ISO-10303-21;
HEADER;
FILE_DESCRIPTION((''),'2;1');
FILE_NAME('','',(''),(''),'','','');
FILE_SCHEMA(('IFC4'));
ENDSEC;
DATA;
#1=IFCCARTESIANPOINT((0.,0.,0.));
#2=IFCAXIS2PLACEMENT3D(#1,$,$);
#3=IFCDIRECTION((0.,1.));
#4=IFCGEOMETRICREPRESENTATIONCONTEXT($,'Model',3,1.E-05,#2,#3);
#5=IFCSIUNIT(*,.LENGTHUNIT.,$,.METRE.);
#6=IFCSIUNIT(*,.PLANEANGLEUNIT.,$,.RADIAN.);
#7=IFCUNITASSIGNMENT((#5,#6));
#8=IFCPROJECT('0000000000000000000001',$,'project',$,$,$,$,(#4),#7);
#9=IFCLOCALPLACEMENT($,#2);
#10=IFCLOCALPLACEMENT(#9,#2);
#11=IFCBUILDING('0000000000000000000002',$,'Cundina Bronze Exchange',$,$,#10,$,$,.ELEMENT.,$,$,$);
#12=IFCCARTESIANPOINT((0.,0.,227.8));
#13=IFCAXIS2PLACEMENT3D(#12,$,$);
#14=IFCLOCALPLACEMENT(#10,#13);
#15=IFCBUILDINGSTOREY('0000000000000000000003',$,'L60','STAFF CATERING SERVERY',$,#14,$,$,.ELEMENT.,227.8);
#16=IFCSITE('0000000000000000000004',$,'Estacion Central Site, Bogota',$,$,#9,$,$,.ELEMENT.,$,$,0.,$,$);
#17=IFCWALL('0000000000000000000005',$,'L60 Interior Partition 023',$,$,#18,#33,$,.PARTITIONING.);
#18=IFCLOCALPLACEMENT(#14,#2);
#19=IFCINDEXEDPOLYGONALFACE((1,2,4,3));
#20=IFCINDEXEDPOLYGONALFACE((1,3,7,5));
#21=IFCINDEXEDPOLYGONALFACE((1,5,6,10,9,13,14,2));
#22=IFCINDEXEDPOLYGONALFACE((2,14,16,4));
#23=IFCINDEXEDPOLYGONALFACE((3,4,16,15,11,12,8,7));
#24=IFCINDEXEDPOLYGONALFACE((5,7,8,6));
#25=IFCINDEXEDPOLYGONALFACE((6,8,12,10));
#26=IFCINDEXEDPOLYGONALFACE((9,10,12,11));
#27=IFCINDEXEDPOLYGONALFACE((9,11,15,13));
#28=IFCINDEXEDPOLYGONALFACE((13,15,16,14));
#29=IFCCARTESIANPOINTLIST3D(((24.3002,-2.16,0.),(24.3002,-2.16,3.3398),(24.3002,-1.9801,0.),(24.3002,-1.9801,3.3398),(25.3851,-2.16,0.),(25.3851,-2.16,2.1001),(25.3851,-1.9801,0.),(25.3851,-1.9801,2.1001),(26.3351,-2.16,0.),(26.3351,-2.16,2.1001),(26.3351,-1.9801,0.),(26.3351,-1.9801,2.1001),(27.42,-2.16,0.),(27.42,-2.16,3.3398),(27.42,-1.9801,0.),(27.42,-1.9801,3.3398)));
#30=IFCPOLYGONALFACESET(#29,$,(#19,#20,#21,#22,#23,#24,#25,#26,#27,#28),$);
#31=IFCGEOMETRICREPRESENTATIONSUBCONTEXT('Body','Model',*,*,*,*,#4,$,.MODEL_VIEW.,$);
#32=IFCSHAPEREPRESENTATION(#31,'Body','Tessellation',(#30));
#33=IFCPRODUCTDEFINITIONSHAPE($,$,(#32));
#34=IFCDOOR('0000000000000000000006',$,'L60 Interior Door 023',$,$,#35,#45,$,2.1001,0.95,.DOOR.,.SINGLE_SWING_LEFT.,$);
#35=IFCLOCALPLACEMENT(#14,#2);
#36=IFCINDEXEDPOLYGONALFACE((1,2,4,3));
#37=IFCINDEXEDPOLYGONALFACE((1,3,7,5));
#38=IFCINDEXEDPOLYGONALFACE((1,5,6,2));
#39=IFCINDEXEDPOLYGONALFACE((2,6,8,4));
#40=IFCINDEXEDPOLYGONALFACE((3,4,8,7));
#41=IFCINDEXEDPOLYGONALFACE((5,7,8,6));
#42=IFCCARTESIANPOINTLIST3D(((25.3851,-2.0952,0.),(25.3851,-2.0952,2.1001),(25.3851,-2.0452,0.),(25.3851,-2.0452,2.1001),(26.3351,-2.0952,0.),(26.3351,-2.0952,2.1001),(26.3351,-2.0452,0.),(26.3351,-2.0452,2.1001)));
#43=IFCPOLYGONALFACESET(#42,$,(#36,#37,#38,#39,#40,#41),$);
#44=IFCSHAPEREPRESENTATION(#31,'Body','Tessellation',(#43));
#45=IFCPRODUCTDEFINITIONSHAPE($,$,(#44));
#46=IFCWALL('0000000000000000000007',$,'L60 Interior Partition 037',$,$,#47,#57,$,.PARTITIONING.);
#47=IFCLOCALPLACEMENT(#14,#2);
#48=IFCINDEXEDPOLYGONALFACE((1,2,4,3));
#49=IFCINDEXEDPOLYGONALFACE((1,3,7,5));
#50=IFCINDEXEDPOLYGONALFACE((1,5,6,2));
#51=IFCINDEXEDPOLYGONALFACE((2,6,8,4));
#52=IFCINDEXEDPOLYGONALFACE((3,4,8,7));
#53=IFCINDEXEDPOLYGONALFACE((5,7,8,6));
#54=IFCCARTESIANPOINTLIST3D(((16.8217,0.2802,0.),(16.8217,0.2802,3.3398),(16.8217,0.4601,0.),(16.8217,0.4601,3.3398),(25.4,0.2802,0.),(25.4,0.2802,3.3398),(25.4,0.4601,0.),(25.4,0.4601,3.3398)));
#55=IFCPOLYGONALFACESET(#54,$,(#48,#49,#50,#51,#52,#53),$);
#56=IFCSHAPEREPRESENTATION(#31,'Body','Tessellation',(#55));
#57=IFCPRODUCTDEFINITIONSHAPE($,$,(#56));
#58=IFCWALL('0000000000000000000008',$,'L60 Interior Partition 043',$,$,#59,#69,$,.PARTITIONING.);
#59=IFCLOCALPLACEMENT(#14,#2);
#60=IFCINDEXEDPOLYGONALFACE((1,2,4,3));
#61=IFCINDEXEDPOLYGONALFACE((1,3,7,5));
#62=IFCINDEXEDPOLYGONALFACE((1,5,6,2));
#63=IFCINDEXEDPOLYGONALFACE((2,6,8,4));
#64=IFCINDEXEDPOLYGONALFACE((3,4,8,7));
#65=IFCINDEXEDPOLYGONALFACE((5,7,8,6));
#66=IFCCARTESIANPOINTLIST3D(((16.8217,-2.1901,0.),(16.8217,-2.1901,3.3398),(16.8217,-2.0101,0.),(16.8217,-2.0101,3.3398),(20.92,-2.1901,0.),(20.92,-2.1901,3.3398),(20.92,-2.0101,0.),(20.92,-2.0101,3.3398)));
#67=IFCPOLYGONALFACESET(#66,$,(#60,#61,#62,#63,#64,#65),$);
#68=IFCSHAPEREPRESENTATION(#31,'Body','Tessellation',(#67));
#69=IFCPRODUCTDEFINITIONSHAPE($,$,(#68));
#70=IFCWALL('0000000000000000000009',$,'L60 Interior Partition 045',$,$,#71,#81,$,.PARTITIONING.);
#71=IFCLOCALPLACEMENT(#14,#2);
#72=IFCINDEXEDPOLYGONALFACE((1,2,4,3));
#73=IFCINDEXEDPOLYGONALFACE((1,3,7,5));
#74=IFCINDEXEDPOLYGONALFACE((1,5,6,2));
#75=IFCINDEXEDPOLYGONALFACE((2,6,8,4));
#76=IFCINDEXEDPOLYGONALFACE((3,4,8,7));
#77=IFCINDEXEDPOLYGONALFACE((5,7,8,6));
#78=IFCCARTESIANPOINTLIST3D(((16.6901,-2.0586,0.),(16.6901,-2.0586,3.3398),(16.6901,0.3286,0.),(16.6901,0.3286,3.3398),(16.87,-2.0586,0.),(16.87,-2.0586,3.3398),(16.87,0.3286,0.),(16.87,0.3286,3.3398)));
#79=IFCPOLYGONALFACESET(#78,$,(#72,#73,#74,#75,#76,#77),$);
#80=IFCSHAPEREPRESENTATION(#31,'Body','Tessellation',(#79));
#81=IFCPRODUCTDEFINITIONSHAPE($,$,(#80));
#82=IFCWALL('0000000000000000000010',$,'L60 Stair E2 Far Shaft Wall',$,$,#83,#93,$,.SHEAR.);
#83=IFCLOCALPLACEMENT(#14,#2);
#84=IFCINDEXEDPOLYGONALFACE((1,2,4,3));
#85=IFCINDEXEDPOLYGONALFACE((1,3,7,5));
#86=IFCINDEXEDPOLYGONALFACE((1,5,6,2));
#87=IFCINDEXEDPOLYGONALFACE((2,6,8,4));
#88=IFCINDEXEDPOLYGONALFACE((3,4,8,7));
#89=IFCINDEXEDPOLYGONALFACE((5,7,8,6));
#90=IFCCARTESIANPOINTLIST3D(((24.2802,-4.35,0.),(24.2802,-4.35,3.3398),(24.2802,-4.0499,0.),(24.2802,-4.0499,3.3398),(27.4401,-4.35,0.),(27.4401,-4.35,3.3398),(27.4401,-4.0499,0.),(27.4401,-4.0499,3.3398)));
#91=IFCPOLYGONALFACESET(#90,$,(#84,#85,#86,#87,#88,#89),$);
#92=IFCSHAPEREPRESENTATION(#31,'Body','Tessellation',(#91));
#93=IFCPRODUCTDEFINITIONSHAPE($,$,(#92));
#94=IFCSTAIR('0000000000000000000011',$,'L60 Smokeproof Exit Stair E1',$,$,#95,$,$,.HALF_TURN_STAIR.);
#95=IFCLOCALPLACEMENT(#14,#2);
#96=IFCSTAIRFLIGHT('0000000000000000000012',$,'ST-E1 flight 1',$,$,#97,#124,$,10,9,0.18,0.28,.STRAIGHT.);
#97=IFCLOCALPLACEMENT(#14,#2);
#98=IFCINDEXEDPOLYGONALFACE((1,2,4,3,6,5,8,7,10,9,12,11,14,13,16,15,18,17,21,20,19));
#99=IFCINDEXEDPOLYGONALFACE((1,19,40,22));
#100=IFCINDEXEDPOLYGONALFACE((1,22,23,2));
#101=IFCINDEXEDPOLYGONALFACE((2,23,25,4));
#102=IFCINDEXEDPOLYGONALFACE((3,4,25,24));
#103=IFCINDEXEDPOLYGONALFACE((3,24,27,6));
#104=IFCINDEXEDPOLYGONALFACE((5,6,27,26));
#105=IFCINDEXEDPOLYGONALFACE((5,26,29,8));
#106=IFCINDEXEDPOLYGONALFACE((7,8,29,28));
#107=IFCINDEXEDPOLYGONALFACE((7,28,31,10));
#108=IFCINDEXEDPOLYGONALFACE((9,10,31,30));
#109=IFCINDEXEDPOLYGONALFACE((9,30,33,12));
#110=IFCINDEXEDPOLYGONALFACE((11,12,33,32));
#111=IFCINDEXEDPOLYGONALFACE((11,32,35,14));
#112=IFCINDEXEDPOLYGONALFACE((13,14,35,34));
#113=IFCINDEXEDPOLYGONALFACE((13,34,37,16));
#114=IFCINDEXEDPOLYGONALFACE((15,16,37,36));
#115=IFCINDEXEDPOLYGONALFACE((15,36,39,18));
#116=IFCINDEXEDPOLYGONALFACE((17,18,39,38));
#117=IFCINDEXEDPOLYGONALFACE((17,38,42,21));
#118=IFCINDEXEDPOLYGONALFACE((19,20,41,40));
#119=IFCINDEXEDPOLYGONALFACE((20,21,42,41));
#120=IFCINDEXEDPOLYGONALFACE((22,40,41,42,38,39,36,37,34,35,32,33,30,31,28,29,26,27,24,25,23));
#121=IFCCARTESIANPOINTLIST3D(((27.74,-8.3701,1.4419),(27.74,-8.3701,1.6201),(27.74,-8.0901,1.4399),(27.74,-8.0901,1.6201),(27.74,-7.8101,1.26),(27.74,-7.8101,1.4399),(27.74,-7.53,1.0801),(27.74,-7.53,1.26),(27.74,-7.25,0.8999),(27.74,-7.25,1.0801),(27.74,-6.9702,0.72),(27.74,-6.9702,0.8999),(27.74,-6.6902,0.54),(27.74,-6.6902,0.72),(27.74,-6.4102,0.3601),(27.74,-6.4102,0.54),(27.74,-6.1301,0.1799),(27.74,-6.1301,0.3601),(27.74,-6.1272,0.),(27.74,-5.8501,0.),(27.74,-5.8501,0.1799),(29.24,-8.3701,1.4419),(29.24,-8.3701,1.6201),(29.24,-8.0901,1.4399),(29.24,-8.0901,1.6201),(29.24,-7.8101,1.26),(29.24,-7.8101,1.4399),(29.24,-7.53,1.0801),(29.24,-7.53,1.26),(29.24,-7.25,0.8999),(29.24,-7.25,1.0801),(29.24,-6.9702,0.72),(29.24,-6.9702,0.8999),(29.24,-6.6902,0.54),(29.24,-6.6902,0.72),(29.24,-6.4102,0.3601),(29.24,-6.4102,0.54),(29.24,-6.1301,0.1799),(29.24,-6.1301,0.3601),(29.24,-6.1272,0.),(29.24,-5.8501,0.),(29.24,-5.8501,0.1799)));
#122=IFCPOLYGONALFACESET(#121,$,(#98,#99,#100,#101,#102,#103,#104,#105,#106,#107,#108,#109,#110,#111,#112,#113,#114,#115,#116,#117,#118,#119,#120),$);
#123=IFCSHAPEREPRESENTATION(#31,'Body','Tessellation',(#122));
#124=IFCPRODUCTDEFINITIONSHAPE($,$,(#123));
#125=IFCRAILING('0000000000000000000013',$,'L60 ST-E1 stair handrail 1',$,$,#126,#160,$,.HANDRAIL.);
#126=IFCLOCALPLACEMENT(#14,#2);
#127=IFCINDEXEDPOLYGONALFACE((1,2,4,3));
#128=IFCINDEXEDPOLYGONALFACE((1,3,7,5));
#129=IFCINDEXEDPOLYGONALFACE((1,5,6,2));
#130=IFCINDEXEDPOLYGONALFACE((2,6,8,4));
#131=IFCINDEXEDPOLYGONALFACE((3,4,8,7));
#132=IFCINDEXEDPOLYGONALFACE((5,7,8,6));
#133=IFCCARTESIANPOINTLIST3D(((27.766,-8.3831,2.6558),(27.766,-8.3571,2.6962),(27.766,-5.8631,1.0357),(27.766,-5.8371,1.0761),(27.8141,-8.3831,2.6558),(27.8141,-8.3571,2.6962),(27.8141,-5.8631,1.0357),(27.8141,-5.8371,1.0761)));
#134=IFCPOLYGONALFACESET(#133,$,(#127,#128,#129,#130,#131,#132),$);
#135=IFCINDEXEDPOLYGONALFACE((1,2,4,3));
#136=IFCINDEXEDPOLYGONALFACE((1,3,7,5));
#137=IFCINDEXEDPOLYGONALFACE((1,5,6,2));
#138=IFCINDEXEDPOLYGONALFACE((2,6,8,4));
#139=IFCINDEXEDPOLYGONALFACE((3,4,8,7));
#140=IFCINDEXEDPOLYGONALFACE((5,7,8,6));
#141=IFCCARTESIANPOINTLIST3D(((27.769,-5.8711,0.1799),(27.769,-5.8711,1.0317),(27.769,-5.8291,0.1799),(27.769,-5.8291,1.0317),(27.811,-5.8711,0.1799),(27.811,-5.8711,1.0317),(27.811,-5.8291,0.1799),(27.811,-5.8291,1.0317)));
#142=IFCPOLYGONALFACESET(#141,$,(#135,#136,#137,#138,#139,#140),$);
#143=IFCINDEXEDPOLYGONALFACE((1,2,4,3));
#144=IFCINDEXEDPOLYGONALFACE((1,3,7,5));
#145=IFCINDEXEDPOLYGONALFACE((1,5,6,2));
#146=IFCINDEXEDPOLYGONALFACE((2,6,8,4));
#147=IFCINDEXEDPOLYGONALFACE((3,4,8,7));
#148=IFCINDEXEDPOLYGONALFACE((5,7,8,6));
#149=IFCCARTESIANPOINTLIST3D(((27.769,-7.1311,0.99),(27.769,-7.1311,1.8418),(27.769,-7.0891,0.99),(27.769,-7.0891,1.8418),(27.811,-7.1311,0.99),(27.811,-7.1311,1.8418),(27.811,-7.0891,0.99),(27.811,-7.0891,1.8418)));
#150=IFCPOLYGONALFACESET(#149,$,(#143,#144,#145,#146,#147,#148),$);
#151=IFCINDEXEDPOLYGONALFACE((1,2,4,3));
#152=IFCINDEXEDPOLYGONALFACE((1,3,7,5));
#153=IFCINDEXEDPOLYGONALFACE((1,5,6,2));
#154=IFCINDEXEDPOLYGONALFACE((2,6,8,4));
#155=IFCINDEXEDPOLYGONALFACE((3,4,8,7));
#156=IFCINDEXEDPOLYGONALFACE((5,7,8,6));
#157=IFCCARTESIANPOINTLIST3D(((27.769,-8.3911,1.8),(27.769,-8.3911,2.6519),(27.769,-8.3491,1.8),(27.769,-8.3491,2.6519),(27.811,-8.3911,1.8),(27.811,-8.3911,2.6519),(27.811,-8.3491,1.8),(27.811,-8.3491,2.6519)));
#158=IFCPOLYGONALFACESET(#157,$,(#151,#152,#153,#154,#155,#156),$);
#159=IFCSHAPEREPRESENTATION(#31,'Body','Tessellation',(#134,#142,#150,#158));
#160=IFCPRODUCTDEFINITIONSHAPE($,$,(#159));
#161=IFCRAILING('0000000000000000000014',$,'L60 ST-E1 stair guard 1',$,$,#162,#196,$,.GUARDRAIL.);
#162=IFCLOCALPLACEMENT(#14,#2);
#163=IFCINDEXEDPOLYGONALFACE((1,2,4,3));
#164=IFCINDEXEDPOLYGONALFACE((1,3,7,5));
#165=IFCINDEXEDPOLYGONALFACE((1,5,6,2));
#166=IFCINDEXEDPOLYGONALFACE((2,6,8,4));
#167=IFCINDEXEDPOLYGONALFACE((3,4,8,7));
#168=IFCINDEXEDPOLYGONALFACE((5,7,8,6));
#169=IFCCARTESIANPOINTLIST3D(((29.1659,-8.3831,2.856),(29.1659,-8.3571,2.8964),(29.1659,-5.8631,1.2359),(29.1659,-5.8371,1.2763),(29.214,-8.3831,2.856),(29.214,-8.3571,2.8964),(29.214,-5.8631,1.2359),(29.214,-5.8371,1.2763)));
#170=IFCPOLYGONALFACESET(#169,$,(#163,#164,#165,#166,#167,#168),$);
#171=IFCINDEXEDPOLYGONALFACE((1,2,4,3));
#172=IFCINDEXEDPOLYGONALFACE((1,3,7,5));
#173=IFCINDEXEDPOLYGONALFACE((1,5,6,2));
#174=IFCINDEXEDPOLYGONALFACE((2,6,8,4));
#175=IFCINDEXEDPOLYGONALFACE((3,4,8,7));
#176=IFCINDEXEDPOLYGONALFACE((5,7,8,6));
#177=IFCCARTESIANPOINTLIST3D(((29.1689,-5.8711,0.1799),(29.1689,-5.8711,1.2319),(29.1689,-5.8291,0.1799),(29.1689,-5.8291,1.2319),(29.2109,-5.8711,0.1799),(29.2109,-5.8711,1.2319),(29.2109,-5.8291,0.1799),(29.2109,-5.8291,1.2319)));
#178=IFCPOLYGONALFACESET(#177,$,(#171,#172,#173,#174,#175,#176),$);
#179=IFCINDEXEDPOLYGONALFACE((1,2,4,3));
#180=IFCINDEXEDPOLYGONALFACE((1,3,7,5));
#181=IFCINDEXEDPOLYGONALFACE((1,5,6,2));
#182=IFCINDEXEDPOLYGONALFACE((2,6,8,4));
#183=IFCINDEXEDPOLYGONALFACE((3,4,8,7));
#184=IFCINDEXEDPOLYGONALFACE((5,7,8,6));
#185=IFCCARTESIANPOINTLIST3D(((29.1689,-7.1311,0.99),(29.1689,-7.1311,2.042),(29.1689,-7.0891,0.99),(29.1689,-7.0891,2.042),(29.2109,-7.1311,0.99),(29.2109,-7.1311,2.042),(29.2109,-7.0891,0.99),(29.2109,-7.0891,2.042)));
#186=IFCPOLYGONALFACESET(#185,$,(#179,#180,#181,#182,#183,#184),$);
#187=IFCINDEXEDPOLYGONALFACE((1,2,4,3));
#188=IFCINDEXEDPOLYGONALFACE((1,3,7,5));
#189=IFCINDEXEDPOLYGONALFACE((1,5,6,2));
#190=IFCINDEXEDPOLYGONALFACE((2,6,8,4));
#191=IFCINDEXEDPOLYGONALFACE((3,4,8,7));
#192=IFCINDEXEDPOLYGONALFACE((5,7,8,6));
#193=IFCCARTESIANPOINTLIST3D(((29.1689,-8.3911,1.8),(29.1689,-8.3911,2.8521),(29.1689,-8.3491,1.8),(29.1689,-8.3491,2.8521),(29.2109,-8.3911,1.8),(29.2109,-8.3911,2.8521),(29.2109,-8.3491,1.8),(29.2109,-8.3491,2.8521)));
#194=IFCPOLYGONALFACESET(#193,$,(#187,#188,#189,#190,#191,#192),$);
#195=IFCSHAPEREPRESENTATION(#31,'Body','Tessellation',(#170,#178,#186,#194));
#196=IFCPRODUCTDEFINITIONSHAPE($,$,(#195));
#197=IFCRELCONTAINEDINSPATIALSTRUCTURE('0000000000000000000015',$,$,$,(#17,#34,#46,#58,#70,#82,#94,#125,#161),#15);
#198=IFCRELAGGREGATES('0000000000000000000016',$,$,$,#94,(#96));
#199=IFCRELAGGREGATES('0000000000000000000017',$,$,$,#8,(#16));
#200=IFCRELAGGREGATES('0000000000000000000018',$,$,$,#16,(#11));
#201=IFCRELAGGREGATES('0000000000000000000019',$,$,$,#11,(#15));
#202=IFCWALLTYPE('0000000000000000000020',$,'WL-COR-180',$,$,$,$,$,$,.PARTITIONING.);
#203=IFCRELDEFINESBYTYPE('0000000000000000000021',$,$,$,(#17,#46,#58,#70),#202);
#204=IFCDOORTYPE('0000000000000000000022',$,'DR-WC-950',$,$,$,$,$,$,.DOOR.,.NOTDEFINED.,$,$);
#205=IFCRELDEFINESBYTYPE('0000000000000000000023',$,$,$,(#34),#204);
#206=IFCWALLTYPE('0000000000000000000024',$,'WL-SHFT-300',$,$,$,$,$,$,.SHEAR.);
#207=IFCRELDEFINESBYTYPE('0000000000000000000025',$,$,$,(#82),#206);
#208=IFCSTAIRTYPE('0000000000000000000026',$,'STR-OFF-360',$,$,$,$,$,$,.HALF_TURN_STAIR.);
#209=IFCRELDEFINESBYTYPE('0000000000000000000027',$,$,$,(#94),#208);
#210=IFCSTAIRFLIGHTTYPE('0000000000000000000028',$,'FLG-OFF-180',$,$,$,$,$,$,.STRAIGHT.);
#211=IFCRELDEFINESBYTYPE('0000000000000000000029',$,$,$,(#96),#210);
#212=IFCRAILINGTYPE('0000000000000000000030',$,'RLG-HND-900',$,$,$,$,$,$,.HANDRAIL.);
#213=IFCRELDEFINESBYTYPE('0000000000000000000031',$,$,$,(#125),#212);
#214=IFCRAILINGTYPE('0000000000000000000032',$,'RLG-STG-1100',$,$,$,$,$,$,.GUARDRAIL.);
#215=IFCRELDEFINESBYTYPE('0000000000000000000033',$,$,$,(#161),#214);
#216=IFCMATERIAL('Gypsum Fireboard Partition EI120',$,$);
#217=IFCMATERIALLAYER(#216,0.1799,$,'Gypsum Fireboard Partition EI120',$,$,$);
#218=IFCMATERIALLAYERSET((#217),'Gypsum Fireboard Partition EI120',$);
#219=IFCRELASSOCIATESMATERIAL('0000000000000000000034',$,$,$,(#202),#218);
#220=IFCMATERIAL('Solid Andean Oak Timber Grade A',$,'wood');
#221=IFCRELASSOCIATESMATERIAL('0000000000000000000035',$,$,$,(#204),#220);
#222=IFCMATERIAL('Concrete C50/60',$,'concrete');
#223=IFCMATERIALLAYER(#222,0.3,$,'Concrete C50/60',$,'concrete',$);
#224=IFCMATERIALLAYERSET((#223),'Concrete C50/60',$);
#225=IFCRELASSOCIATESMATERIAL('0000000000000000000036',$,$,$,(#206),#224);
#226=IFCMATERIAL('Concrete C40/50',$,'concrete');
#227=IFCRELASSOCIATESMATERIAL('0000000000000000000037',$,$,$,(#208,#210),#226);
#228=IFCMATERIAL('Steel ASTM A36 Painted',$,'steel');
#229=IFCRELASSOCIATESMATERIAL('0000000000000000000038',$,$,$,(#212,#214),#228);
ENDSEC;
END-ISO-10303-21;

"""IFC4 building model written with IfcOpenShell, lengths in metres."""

from ifc_helpers import new_model, si_unit, direction, frame, frame_2d, origin, origin_2d, place, context, subcontext, project, spatial, polyline, rectangle, outline, extrude, material, layer, layer_set, type_object, element, fill, aggregate, save


model = new_model("IFC4")

# Units and contexts
model_context = context("Model", 3, precision=1e-05, world=origin(), true_north=direction((0.0, 1.0)))
body_context = subcontext(model_context, "Body", "Model", "MODEL_VIEW")
ifc_project = project(units=[si_unit("LENGTHUNIT", "METRE"), si_unit("PLANEANGLEUNIT", "RADIAN")], contexts=[model_context])

# Site, building, storey
site_placement = place(None, origin())
site = spatial("IfcSite", under=ifc_project, at=site_placement, Name="Estacion Central Site, Bogota", CompositionType="ELEMENT", RefElevation=0.0)
building_placement = place(site_placement, origin())
building = spatial("IfcBuilding", under=site, at=building_placement, Name="Cundina Bronze Exchange", CompositionType="ELEMENT")
storey_placement = place(building_placement, frame((0.0, 0.0, 227.8)))
storey = spatial("IfcBuildingStorey", under=building, at=storey_placement, Name="L60", Description="STAFF CATERING SERVERY", CompositionType="ELEMENT", Elevation=227.8)

# Shared definitions
ifc_material_1 = material(Name="Concrete C50/60", Category="concrete")

# Wall, opening, door
ifc_material_2 = material(Name="Gypsum Fireboard Partition EI120")
ifc_layer_1 = layer(ifc_material_2, 0.1799, Name="Gypsum Fireboard Partition EI120")
ifc_layer_set_1 = layer_set([ifc_layer_1], Name="Gypsum Fireboard Partition EI120")
wall_type_1 = type_object("IfcWallType", Name="WL-COR-180", PredefinedType="PARTITIONING", material=ifc_layer_set_1)
ifc_material_3 = material(Name="Steel ASTM A36 Painted", Category="steel")
wall_1_placement = place(storey_placement, frame((24.3, -2.0701, 0.0), z_axis=(0.0, 0.0, 1.0), x_axis=(1.0, 0.0, 0.0)))
wall_1 = element("IfcWall", 1, at=wall_1_placement, inside=storey, type_object=wall_type_1, Name="L60 Interior Partition 023", PredefinedType="PARTITIONING", context=body_context, shape_type="SweptSolid", body=[
    extrude(rectangle(XDim=3.1199, YDim=0.1799, at=frame_2d((1.5601, 0.0))), origin(), (0.0, 0.0, 1.0), 3.3398),
])
opening_1_placement = place(wall_1_placement, frame((1.085, 0.0, 0.0)))
opening_1 = element("IfcOpeningElement", 2, at=opening_1_placement, cuts=wall_1, PredefinedType="OPENING", context=body_context, shape_type="SweptSolid", body=[
    extrude(rectangle(XDim=0.95, YDim=2.1001, at=frame_2d((0.4751, 1.05))), frame((0.0, 0.0999, 0.0), z_axis=(0.0, -1.0, 0.0), x_axis=(1.0, 0.0, 0.0)), (0.0, 0.0, 1.0), 0.2),
])
ifc_material_4 = material(Name="Solid Andean Oak Timber Grade A", Category="wood")
door_type_1 = type_object("IfcDoorType", Name="DR-WC-950", OperationType="NOTDEFINED", PredefinedType="DOOR", material=ifc_material_4)
door_1_placement = place(opening_1_placement, origin())
door_1 = element("IfcDoor", 3, at=door_1_placement, inside=storey, type_object=door_type_1, Name="L60 Interior Door 023", OperationType="SINGLE_SWING_LEFT", OverallHeight=2.1001, OverallWidth=0.95, PredefinedType="DOOR", context=body_context, shape_type="SweptSolid", body=[
    extrude(rectangle(XDim=0.95, YDim=2.1001, at=frame_2d((0.4751, 1.05))), frame((0.0, 0.0249, 0.0), z_axis=(0.0, -1.0, 0.0), x_axis=(1.0, 0.0, 0.0)), (0.0, 0.0, 1.0), 0.05),
])
fill(opening_1, door_1)

# Walls
wall_2_placement = place(storey_placement, frame((25.3999, 0.3701, 0.0), z_axis=(0.0, 0.0, 1.0), x_axis=(-1.0, 0.0, 0.0)))
element("IfcWall", 4, at=wall_2_placement, inside=storey, type_object=wall_type_1, Name="L60 Interior Partition 037", PredefinedType="PARTITIONING", context=body_context, shape_type="SweptSolid", body=[
    extrude(rectangle(XDim=8.5784, YDim=0.1799, at=frame_2d((4.2891, 0.0))), origin(), (0.0, 0.0, 1.0), 3.3398),
])
wall_3_placement = place(storey_placement, frame((16.8215, -2.1001, 0.0), z_axis=(0.0, 0.0, 1.0), x_axis=(1.0, 0.0, 0.0)))
element("IfcWall", 5, at=wall_3_placement, inside=storey, type_object=wall_type_1, Name="L60 Interior Partition 043", PredefinedType="PARTITIONING", context=body_context, shape_type="SweptSolid", body=[
    extrude(rectangle(XDim=4.0984, YDim=0.1799, at=frame_2d((2.0493, 0.0))), origin(), (0.0, 0.0, 1.0), 3.3398),
])
wall_4_placement = place(storey_placement, frame((16.78, 0.3286, 0.0), z_axis=(0.0, 0.0, 1.0), x_axis=(0.0, -1.0, 0.0)))
element("IfcWall", 6, at=wall_4_placement, inside=storey, type_object=wall_type_1, Name="L60 Interior Partition 045", PredefinedType="PARTITIONING", context=body_context, shape_type="SweptSolid", body=[
    extrude(rectangle(XDim=2.3872, YDim=0.1799, at=frame_2d((1.1936, 0.0))), origin(), (0.0, 0.0, 1.0), 3.3398),
])

# Shared definitions
ifc_layer_2 = layer(ifc_material_1, 0.3, Name="Concrete C50/60", Category="concrete")
ifc_layer_set_2 = layer_set([ifc_layer_2], Name="Concrete C50/60")
wall_type_2 = type_object("IfcWallType", Name="WL-SHFT-300", PredefinedType="SHEAR", material=ifc_layer_set_2)

# Wall
wall_5_placement = place(storey_placement, frame((24.28, -4.2, 0.0), z_axis=(0.0, 0.0, 1.0), x_axis=(1.0, 0.0, 0.0)))
element("IfcWall", 7, at=wall_5_placement, inside=storey, type_object=wall_type_2, Name="L60 Stair E2 Far Shaft Wall", PredefinedType="SHEAR", context=body_context, shape_type="SweptSolid", body=[
    extrude(rectangle(XDim=3.1599, YDim=0.3, at=frame_2d((1.5801, 0.0))), origin(), (0.0, 0.0, 1.0), 3.3398),
])

# Stair, stair flight
ifc_material_5 = material(Name="Concrete C40/50", Category="concrete")
stair_type = type_object("IfcStairType", Name="STR-OFF-360", PredefinedType="HALF_TURN_STAIR", material=ifc_material_5)
stair_placement = place(storey_placement, origin())
stair = element("IfcStair", 8, at=stair_placement, inside=storey, type_object=stair_type, Name="L60 Smokeproof Exit Stair E1", PredefinedType="HALF_TURN_STAIR")
stair_flight_type = type_object("IfcStairFlightType", Name="FLG-OFF-180", PredefinedType="STRAIGHT", material=ifc_material_5)
stair_flight_placement = place(storey_placement, frame((28.49, -5.8501, 0.0), z_axis=(0.0, 0.0, 1.0), x_axis=(0.0, -1.0, 0.0)))
stair_flight = element("IfcStairFlight", 9, at=stair_flight_placement, type_object=stair_flight_type, Name="ST-E1 flight 1", NumberOfRisers=10, NumberOfTreads=9, PredefinedType="STRAIGHT", RiserHeight=0.18, TreadLength=0.28, context=body_context, shape_type="SweptSolid", body=[
    extrude(outline(polyline([(0.0, 0.0), (0.0, 0.1799), (0.28, 0.1799), (0.28, 0.3601), (0.5601, 0.3601), (0.5601, 0.54), (0.8401, 0.54), (0.8401, 0.72), (1.1201, 0.72), (1.1201, 0.8999), (1.3999, 0.8999), (1.3999, 1.0801), (1.6799, 1.0801), (1.6799, 1.26), (1.96, 1.26), (1.96, 1.4399), (2.24, 1.4399), (2.24, 1.6201), (2.52, 1.6201), (2.52, 1.8), (2.52, 1.4419), (0.2771, 0.0), (0.0, 0.0)])), frame((0.0, 0.75, 0.0), z_axis=(0.0, -1.0, 0.0), x_axis=(1.0, 0.0, 0.0)), (0.0, 0.0, 1.0), 1.5),
])
aggregate(stair, [stair_flight])

# Railings
railing_type_1 = type_object("IfcRailingType", Name="RLG-HND-900", PredefinedType="HANDRAIL", material=ifc_material_3)
railing_1_placement = place(storey_placement, frame((27.79, -5.8501, 0.1799)))
element("IfcRailing", 10, at=railing_1_placement, inside=storey, type_object=railing_type_1, Name="L60 ST-E1 stair handrail 1", PredefinedType="HANDRAIL", context=body_context, shape_type="SweptSolid", body=[
    extrude(rectangle(XDim=0.0481, YDim=0.0481, at=origin_2d()), frame((0.0, 0.0, 0.876), z_axis=(0.0, -0.841163, 0.540782), x_axis=(1.0, 0.0, 0.0)), (0.0, 0.0, 1.0), 2.9958),
    extrude(rectangle(XDim=0.042, YDim=0.042, at=origin_2d()), origin(), (0.0, 0.0, 1.0), 0.8518),
    extrude(rectangle(XDim=0.042, YDim=0.042, at=origin_2d()), frame((0.0, -1.26, 0.8101)), (0.0, 0.0, 1.0), 0.8518),
    extrude(rectangle(XDim=0.042, YDim=0.042, at=origin_2d()), frame((0.0, -2.52, 1.6201)), (0.0, 0.0, 1.0), 0.8518),
])
railing_type_2 = type_object("IfcRailingType", Name="RLG-STG-1100", PredefinedType="GUARDRAIL", material=ifc_material_3)
railing_2_placement = place(storey_placement, frame((29.1899, -5.8501, 0.1799)))
element("IfcRailing", 11, at=railing_2_placement, inside=storey, type_object=railing_type_2, Name="L60 ST-E1 stair guard 1", PredefinedType="GUARDRAIL", context=body_context, shape_type="SweptSolid", body=[
    extrude(rectangle(XDim=0.0481, YDim=0.0481, at=origin_2d()), frame((0.0, 0.0, 1.0762), z_axis=(0.0, -0.841163, 0.540782), x_axis=(1.0, 0.0, 0.0)), (0.0, 0.0, 1.0), 2.9958),
    extrude(rectangle(XDim=0.042, YDim=0.042, at=origin_2d()), origin(), (0.0, 0.0, 1.0), 1.052),
    extrude(rectangle(XDim=0.042, YDim=0.042, at=origin_2d()), frame((0.0, -1.26, 0.8101)), (0.0, 0.0, 1.0), 1.052),
    extrude(rectangle(XDim=0.042, YDim=0.042, at=origin_2d()), frame((0.0, -2.52, 1.6201)), (0.0, 0.0, 1.0), 1.052),
])

save(model, "model.ifc")
